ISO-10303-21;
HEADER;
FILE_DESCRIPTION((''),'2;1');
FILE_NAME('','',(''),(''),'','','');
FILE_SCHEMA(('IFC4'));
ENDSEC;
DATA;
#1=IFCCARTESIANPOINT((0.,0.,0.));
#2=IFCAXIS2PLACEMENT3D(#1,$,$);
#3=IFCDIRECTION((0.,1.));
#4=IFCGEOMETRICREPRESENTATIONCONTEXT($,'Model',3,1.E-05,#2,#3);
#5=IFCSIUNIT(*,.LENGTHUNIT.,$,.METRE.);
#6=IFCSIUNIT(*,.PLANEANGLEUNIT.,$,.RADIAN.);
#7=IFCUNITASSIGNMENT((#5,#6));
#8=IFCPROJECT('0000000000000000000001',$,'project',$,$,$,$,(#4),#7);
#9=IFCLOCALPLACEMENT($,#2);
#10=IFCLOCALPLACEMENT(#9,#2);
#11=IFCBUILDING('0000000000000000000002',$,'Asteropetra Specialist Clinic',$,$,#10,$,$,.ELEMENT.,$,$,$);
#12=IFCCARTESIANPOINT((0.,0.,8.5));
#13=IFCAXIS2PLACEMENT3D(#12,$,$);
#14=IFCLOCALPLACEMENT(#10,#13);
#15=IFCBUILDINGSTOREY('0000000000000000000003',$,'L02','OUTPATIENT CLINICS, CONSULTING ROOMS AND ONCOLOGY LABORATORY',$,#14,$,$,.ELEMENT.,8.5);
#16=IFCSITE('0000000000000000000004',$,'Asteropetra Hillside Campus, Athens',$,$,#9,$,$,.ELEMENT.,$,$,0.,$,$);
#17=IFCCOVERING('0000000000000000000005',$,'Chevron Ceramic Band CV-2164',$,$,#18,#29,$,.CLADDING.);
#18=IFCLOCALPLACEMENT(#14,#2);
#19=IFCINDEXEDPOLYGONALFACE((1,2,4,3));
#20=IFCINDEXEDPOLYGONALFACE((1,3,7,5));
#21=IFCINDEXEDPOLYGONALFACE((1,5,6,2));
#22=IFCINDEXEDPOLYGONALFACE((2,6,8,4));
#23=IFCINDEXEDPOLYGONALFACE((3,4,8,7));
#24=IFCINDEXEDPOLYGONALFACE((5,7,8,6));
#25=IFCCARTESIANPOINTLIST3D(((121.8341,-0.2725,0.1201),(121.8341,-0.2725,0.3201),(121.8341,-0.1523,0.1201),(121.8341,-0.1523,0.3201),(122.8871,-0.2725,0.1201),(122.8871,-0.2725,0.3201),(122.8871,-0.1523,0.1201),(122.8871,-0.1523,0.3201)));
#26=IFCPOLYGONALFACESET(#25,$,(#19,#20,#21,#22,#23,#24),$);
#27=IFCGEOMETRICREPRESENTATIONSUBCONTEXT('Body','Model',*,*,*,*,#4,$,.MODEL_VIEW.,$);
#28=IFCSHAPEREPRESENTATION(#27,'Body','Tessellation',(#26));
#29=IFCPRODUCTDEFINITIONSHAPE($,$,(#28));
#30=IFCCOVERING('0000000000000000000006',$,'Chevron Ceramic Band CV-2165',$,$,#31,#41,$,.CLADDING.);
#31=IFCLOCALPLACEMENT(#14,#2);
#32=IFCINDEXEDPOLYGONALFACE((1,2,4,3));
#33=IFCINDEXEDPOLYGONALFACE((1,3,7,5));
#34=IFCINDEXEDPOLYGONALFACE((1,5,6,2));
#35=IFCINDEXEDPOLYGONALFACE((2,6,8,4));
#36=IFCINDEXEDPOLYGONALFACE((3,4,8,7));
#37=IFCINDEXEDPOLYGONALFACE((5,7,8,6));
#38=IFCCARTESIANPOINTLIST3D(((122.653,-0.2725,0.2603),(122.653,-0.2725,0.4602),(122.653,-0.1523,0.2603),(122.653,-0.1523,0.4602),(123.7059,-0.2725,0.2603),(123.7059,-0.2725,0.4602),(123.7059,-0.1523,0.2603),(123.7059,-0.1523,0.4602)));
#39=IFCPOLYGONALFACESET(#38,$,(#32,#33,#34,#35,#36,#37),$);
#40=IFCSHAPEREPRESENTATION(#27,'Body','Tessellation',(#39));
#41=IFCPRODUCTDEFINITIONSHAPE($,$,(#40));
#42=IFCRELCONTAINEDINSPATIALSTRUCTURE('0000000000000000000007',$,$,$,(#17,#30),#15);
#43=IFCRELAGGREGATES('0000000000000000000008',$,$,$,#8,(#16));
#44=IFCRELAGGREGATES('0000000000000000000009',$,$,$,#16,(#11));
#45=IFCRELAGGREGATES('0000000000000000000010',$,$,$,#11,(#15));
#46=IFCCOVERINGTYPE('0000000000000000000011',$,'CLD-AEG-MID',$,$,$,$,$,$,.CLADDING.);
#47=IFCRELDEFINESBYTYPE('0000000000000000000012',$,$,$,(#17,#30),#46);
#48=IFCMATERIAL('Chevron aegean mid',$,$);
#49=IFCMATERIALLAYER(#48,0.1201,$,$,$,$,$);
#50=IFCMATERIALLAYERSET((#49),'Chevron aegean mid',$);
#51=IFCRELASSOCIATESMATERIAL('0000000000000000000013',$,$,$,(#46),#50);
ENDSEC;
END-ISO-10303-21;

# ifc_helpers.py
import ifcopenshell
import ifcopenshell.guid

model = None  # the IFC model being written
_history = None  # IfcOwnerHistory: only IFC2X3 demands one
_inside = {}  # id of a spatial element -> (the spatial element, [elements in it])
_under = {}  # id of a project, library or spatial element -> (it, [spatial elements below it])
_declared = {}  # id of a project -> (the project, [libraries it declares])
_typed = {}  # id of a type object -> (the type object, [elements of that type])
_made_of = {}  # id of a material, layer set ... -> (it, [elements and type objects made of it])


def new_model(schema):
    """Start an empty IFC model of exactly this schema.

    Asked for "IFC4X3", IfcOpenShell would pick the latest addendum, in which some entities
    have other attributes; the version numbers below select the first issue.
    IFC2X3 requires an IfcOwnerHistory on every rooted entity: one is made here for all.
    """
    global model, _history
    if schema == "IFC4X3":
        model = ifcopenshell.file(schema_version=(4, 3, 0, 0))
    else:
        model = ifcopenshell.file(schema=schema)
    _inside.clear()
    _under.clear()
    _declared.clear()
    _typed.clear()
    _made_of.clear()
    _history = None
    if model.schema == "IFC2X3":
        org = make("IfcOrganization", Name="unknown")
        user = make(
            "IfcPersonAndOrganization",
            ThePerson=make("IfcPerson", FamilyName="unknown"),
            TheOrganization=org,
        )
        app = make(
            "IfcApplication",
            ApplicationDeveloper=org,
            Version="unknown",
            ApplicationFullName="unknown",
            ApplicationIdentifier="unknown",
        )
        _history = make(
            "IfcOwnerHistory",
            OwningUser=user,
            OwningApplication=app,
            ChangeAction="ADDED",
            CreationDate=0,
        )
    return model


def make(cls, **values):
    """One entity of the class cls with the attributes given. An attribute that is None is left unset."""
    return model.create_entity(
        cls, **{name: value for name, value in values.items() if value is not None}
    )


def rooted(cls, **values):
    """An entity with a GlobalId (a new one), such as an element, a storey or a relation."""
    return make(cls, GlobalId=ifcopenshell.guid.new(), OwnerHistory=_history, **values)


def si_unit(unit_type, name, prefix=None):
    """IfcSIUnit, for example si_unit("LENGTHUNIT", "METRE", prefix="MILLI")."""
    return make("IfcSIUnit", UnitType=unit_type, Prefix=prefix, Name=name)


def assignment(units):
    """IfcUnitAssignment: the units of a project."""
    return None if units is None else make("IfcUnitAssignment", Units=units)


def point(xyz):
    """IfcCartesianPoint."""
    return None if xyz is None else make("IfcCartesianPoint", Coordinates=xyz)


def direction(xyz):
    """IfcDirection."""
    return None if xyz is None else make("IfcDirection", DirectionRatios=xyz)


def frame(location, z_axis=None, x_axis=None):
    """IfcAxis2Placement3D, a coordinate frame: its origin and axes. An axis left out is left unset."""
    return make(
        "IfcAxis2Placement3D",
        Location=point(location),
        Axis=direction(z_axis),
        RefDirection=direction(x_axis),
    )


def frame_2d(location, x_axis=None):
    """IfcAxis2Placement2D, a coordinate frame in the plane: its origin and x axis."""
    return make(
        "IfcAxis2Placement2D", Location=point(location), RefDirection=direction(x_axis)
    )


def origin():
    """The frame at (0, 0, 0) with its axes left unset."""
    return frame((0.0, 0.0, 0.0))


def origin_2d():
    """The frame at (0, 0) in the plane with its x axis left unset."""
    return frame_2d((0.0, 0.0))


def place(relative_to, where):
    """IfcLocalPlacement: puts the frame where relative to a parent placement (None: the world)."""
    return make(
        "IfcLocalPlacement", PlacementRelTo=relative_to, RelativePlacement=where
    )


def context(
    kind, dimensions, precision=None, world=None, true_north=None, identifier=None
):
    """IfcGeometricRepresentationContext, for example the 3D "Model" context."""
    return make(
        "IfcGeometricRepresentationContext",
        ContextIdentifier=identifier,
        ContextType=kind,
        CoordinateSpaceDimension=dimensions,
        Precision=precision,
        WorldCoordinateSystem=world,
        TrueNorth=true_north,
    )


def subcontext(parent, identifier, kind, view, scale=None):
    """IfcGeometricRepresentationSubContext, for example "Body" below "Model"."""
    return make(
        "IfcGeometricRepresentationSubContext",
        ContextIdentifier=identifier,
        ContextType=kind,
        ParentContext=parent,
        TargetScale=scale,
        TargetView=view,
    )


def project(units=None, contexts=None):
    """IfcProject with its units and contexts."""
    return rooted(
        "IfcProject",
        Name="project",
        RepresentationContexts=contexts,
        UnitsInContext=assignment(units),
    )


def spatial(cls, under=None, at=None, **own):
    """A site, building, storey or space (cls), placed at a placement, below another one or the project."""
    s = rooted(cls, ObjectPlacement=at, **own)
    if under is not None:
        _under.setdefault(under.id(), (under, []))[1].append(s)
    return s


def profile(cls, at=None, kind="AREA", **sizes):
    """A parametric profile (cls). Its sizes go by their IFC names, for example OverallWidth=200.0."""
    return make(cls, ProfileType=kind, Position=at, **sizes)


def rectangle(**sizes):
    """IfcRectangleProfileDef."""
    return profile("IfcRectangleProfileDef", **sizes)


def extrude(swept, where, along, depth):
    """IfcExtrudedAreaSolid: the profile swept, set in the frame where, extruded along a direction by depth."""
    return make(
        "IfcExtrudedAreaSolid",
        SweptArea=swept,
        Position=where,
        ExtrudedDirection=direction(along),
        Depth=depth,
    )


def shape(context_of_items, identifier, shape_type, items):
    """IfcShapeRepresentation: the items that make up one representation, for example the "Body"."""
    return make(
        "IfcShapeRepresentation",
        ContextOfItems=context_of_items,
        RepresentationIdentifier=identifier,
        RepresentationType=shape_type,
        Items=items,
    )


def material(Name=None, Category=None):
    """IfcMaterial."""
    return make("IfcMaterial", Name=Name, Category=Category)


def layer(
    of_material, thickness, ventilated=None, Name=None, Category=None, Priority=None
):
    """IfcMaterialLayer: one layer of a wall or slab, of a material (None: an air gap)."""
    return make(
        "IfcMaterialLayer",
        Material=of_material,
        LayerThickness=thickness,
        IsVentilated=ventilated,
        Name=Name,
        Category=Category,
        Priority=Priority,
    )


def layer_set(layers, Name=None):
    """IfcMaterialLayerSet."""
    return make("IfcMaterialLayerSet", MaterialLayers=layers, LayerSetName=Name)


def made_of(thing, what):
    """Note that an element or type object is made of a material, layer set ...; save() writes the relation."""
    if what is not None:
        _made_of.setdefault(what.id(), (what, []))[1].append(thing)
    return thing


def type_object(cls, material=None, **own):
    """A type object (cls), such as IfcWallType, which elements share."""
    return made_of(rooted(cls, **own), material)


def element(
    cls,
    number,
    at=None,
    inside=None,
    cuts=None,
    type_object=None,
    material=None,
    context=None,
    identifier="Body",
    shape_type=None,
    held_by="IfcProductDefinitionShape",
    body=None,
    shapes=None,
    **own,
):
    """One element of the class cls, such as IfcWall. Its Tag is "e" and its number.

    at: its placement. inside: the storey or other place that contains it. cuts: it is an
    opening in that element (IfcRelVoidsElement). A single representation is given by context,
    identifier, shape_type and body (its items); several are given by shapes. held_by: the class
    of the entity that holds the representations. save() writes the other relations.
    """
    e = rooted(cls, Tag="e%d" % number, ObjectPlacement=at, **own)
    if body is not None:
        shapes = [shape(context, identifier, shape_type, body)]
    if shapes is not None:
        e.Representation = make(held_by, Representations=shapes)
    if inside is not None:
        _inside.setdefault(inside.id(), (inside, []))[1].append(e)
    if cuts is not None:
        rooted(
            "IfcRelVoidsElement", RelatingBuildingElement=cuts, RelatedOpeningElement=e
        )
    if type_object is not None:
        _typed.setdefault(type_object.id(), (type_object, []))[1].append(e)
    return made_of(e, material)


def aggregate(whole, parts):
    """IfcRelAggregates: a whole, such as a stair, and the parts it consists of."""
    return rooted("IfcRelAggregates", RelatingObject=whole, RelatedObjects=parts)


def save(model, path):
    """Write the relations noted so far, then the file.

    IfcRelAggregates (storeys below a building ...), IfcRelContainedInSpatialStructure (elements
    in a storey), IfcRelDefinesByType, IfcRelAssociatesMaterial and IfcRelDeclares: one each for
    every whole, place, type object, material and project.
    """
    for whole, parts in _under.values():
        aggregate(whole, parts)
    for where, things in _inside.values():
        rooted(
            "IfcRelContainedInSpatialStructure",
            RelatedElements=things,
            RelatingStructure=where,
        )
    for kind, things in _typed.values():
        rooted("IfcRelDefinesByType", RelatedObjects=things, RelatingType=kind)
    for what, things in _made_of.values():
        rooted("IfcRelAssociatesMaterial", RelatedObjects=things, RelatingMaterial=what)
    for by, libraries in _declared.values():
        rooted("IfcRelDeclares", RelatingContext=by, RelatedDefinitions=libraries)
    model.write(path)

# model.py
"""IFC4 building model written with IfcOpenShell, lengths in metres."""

from ifc_helpers import new_model, si_unit, direction, frame, origin, origin_2d, place, context, subcontext, project, spatial, rectangle, extrude, material, layer, layer_set, type_object, element, save


model = new_model("IFC4")

# Units and contexts
model_context = context("Model", 3, precision=1e-05, world=origin(), true_north=direction((0.0, 1.0)))
body_context = subcontext(model_context, "Body", "Model", "MODEL_VIEW")
ifc_project = project(units=[si_unit("LENGTHUNIT", "METRE"), si_unit("PLANEANGLEUNIT", "RADIAN")], contexts=[model_context])

# Site, building, storey
site_placement = place(None, origin())
site = spatial("IfcSite", under=ifc_project, at=site_placement, Name="Asteropetra Hillside Campus, Athens", CompositionType="ELEMENT", RefElevation=0.0)
building_placement = place(site_placement, origin())
building = spatial("IfcBuilding", under=site, at=building_placement, Name="Asteropetra Specialist Clinic", CompositionType="ELEMENT")
storey_placement = place(building_placement, frame((0.0, 0.0, 8.5)))
storey = spatial("IfcBuildingStorey", under=building, at=storey_placement, Name="L02", Description="OUTPATIENT CLINICS, CONSULTING ROOMS AND ONCOLOGY LABORATORY", CompositionType="ELEMENT", Elevation=8.5)

# Coverings
ifc_material_1 = material(Name="Chevron aegean mid")
ifc_layer_1 = layer(ifc_material_1, 0.1201)
ifc_layer_set_1 = layer_set([ifc_layer_1], Name="Chevron aegean mid")
covering_type = type_object("IfcCoveringType", Name="CLD-AEG-MID", PredefinedType="CLADDING", material=ifc_layer_set_1)
for number, where, z_axis, x_axis, name in (
    (1, (122.3606, -0.2124, 0.1201), (0.0, 0.0, 1.0), (1.0, 0.0, 0.0), "Chevron Ceramic Band CV-2164"),
    (2, (123.1794, -0.2124, 0.2603), (0.0, 0.0, 1.0), (1.0, 0.0, 0.0), "Chevron Ceramic Band CV-2165"),
):
    element("IfcCovering", number, at=place(storey_placement, frame(where, z_axis=z_axis, x_axis=x_axis)), inside=storey, type_object=covering_type, Name=name, PredefinedType="CLADDING", context=body_context, shape_type="SweptSolid", body=[
        extrude(rectangle(XDim=1.053, YDim=0.1201, at=origin_2d()), origin(), (0.0, 0.0, 1.0), 0.2),
    ])

save(model, "model.ifc")
